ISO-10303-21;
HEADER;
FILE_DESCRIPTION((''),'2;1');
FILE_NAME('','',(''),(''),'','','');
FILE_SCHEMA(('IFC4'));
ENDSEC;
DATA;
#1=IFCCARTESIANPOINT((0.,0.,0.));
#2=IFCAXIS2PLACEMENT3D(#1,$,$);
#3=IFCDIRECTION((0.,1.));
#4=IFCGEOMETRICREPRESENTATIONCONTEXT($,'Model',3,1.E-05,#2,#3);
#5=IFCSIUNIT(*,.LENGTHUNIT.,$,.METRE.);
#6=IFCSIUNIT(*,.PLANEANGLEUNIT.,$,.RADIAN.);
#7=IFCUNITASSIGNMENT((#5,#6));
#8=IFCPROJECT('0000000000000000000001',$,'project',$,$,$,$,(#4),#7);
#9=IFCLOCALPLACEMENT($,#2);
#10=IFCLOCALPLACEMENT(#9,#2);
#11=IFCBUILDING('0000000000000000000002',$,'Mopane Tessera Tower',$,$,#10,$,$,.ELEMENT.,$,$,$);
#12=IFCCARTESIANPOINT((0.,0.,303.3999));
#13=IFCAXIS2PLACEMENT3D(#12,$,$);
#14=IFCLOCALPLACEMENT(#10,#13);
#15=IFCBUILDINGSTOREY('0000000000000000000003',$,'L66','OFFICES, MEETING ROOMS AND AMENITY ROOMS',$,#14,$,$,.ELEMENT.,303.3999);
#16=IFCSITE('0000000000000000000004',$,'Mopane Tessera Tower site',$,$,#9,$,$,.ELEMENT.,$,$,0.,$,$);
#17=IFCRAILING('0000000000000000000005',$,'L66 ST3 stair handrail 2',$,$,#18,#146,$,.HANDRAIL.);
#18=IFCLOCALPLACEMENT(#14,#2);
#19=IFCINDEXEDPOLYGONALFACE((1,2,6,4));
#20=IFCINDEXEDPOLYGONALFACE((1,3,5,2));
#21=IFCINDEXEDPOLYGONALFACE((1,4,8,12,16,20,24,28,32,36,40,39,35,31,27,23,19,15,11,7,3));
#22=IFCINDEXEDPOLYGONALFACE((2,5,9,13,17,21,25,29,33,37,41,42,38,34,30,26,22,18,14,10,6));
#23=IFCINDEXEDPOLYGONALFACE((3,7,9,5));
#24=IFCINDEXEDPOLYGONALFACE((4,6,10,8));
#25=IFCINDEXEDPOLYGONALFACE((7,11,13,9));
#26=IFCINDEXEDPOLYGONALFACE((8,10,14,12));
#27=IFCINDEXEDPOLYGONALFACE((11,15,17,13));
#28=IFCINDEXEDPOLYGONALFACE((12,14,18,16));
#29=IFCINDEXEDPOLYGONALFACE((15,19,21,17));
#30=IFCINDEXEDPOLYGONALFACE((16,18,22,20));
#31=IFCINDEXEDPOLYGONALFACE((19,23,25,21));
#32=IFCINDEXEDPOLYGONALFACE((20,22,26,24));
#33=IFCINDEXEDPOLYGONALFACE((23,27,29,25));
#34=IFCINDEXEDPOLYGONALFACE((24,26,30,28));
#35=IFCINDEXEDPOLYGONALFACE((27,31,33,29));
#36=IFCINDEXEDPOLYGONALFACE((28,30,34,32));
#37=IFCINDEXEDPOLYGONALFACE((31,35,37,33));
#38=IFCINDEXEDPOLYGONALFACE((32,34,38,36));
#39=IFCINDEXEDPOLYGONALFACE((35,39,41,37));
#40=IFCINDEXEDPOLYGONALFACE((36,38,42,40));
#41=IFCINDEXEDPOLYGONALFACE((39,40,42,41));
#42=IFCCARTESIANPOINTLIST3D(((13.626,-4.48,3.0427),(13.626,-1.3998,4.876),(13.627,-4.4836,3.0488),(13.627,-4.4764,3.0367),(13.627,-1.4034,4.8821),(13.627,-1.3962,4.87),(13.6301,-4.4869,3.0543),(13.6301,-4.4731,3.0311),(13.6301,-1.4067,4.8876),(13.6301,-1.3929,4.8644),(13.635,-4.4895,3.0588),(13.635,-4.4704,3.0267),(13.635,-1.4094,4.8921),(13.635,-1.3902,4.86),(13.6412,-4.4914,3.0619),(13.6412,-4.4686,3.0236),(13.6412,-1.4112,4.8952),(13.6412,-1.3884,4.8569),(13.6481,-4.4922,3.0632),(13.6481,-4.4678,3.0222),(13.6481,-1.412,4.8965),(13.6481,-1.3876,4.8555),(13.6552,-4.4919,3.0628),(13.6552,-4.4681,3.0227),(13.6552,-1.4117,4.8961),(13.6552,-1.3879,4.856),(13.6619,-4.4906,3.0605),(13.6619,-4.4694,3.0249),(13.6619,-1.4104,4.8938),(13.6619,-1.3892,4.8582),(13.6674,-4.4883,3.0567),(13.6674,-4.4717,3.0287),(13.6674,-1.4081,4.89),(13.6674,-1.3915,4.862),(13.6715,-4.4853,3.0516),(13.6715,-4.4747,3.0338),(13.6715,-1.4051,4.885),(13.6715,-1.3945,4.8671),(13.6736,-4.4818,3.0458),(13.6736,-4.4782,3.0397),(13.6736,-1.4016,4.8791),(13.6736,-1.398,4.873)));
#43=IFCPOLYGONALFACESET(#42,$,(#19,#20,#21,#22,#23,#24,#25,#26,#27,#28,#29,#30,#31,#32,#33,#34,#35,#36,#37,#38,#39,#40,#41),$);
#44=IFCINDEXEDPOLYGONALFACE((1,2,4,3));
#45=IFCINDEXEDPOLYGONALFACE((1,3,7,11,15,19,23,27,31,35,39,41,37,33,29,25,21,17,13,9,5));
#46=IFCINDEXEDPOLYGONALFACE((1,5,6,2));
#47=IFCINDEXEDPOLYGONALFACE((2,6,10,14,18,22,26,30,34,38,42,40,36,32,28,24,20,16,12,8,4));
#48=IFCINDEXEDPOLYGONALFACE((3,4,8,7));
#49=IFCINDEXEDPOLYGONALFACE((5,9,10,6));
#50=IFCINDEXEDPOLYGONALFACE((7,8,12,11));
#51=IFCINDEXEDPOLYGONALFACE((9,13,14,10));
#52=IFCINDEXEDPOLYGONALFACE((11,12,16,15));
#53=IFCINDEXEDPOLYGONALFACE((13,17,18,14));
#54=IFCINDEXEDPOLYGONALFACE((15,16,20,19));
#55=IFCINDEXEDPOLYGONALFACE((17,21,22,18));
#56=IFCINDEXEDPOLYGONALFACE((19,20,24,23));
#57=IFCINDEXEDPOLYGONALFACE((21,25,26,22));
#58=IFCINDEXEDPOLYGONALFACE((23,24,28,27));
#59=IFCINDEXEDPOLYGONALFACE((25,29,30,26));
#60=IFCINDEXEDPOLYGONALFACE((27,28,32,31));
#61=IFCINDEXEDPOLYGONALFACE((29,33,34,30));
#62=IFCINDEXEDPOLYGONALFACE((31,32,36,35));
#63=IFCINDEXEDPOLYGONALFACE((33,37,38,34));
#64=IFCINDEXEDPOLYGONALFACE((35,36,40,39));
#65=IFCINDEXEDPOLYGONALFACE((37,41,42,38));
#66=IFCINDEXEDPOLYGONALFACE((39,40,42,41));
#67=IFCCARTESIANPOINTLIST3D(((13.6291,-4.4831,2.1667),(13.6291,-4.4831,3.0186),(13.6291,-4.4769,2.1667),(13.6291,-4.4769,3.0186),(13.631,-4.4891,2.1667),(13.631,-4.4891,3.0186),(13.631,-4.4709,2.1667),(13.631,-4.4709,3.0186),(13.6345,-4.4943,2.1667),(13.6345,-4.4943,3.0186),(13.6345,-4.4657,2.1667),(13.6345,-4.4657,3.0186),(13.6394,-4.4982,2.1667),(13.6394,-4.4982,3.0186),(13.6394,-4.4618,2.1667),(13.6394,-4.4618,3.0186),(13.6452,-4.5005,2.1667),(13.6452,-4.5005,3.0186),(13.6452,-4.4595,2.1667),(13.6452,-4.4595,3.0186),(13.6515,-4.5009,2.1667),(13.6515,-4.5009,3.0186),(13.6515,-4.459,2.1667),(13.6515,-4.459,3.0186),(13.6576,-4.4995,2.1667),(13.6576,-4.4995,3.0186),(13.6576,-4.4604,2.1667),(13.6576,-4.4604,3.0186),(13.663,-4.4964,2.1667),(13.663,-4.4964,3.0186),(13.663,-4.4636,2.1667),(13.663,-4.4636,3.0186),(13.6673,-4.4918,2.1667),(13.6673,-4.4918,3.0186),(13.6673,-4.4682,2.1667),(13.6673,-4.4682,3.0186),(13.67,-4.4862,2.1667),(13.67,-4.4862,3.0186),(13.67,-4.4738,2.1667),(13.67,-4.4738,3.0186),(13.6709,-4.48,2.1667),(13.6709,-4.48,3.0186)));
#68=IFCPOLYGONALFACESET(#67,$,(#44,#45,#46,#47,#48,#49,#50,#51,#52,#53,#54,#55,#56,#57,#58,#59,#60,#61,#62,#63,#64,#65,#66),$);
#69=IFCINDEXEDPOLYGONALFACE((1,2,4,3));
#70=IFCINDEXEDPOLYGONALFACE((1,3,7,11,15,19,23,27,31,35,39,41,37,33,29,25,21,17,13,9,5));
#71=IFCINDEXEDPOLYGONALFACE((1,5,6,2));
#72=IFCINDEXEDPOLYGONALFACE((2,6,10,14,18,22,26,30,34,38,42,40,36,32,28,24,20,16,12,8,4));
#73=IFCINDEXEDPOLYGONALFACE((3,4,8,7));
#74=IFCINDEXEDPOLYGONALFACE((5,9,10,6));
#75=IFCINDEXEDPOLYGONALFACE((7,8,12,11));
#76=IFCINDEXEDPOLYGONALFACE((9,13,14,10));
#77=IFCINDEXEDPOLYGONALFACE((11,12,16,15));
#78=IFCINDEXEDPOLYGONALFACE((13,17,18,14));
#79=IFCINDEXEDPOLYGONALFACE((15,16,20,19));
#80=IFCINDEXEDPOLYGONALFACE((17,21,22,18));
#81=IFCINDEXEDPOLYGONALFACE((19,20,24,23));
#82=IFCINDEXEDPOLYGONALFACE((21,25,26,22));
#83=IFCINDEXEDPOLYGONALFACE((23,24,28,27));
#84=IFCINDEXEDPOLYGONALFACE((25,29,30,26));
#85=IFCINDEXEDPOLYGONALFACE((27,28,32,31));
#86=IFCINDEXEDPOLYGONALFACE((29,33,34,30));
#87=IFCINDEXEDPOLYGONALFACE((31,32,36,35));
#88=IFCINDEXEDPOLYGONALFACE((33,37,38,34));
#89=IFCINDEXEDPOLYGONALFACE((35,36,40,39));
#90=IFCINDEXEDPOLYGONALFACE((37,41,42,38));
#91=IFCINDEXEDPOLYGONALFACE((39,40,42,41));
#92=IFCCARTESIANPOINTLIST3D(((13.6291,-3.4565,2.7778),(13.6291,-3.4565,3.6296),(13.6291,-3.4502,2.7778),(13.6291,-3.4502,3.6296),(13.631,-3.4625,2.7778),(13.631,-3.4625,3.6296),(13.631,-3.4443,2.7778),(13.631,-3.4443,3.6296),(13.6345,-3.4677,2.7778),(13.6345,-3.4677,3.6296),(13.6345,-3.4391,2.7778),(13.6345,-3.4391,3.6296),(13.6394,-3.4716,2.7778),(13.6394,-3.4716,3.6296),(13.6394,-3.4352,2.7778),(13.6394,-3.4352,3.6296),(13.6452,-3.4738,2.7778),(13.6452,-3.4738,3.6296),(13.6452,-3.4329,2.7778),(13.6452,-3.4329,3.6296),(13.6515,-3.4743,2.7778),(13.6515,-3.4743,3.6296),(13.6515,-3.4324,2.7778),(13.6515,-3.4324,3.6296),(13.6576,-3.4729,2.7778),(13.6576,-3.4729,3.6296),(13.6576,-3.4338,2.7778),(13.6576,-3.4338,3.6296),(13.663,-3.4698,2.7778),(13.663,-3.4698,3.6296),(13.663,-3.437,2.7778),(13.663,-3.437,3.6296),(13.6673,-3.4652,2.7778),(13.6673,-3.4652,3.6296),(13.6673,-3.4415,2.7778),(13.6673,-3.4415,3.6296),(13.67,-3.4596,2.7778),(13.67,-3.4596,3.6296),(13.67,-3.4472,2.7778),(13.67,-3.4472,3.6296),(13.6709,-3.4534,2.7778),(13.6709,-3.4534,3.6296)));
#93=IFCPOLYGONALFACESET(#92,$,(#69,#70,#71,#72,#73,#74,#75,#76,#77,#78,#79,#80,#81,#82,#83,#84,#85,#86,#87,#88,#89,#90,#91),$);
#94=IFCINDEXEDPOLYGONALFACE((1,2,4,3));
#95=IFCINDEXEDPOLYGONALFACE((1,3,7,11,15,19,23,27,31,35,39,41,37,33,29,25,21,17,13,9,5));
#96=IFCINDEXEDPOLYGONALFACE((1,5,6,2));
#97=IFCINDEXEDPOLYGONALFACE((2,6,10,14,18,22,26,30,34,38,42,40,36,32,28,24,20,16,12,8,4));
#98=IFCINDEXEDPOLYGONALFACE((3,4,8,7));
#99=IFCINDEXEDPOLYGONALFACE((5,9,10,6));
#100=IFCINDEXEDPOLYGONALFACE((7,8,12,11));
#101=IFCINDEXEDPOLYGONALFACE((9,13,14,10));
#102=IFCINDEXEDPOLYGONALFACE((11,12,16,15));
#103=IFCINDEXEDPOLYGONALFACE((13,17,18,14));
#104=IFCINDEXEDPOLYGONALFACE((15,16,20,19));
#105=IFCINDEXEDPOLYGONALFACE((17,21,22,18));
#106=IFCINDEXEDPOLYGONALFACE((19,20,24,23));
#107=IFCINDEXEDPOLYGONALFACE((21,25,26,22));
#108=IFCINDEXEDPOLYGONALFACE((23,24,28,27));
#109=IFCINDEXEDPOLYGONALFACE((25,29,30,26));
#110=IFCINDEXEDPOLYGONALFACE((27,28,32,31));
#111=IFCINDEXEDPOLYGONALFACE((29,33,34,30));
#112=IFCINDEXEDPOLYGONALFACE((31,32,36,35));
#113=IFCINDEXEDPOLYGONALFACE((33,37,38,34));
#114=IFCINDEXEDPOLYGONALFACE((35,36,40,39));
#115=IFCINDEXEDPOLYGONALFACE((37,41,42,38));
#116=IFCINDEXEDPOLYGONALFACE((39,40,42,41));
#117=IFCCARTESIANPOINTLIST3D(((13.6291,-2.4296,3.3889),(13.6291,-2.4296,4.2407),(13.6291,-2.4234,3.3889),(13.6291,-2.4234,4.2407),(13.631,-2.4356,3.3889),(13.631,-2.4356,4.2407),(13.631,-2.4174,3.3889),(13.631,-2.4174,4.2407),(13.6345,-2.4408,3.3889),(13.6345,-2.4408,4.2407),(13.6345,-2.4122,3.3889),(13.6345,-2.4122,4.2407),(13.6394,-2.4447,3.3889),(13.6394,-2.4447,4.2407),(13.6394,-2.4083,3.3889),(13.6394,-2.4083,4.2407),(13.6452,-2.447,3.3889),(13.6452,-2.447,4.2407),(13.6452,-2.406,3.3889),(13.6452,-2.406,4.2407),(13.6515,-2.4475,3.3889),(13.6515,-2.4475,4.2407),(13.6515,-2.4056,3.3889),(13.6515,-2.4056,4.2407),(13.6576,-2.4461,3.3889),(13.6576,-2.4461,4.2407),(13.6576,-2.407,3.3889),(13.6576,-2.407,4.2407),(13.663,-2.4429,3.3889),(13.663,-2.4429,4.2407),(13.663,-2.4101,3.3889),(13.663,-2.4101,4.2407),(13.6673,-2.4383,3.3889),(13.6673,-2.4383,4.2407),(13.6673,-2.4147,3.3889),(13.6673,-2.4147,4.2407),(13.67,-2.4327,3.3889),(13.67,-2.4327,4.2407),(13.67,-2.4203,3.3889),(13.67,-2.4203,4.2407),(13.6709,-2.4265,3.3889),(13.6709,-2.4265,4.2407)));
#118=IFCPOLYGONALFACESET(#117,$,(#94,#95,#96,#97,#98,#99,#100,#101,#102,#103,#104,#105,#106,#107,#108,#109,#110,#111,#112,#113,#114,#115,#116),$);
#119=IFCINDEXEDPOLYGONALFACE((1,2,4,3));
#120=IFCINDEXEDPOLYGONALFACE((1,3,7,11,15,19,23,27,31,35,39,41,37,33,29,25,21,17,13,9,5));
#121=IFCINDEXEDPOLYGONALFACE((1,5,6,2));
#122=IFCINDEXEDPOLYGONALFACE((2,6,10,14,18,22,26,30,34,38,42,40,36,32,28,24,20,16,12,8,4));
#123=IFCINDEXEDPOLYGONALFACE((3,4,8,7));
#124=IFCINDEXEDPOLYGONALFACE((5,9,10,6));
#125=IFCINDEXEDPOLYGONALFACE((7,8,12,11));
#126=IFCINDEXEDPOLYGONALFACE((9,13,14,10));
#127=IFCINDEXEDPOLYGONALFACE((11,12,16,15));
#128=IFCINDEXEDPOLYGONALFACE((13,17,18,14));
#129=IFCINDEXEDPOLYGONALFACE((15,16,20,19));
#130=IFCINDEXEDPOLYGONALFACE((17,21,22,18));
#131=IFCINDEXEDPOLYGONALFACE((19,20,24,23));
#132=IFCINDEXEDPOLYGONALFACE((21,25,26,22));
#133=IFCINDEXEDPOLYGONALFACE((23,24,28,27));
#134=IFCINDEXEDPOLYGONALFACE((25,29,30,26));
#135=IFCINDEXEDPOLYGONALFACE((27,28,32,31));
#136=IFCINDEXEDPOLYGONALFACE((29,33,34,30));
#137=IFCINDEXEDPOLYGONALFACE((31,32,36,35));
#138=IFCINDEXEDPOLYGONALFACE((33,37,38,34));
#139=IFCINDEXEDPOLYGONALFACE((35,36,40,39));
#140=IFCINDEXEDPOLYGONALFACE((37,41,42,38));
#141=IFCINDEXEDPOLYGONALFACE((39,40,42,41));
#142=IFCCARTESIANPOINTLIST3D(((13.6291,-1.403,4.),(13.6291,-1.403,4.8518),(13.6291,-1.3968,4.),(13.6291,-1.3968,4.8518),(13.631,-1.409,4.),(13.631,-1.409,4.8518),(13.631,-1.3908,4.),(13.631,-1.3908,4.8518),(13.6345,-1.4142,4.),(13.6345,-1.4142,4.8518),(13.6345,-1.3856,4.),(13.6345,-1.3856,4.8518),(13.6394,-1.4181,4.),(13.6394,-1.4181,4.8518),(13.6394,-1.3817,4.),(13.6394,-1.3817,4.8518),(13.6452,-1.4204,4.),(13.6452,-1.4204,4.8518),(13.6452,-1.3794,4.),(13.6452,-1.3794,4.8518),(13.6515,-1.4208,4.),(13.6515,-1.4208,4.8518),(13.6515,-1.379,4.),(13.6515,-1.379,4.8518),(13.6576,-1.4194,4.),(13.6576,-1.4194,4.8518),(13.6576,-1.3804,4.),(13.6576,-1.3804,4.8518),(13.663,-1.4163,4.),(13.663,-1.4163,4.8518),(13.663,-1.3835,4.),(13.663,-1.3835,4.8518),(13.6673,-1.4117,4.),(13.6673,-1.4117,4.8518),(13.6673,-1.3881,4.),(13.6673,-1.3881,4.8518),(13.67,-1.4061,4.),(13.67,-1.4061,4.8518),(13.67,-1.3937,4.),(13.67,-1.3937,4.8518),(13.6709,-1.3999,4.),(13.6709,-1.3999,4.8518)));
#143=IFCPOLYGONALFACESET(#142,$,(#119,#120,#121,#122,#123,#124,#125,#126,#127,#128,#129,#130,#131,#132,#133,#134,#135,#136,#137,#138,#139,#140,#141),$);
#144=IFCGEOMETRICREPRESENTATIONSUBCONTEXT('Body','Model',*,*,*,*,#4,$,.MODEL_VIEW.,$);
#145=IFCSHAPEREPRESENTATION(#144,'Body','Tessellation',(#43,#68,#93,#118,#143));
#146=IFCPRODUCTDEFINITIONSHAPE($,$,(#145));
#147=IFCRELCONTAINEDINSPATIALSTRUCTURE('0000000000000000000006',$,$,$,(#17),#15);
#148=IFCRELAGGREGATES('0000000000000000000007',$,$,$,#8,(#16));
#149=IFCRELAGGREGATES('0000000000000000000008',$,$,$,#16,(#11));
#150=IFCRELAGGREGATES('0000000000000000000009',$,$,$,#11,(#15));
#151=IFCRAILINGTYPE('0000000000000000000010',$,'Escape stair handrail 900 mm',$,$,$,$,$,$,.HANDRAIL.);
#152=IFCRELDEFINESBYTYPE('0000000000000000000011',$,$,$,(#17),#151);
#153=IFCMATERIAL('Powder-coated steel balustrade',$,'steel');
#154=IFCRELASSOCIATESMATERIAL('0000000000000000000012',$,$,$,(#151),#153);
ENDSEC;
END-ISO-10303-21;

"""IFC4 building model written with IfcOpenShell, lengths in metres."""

from ifc_helpers import new_model, si_unit, direction, frame, origin, origin_2d, place, context, subcontext, project, spatial, circle, extrude, material, type_object, element, save


model = new_model("IFC4")

# Units and contexts
model_context = context("Model", 3, precision=1e-05, world=origin(), true_north=direction((0.0, 1.0)))
body_context = subcontext(model_context, "Body", "Model", "MODEL_VIEW")
ifc_project = project(units=[si_unit("LENGTHUNIT", "METRE"), si_unit("PLANEANGLEUNIT", "RADIAN")], contexts=[model_context])

# Site, building, storey
site_placement = place(None, origin())
site = spatial("IfcSite", under=ifc_project, at=site_placement, Name="Mopane Tessera Tower site", CompositionType="ELEMENT", RefElevation=0.0)
building_placement = place(site_placement, origin())
building = spatial("IfcBuilding", under=site, at=building_placement, Name="Mopane Tessera Tower", CompositionType="ELEMENT")
storey_placement = place(building_placement, frame((0.0, 0.0, 303.3999)))
storey = spatial("IfcBuildingStorey", under=building, at=storey_placement, Name="L66", Description="OFFICES, MEETING ROOMS AND AMENITY ROOMS", CompositionType="ELEMENT", Elevation=303.3999)

# Railing
ifc_material_1 = material(Name="Powder-coated steel balustrade", Category="steel")
railing_type_1 = type_object("IfcRailingType", Name="Escape stair handrail 900 mm", PredefinedType="HANDRAIL", material=ifc_material_1)
railing_1_placement = place(storey_placement, frame((13.6499, -4.48, 2.1667)))
element("IfcRailing", 1, at=railing_1_placement, inside=storey, type_object=railing_type_1, Name="L66 ST3 stair handrail 2", PredefinedType="HANDRAIL", context=body_context, shape_type="SweptSolid", body=[
    extrude(circle(Radius=0.0239, at=origin_2d()), frame((0.0, 0.0, 0.876), z_axis=(0.0, 0.859309, 0.511458), x_axis=(-1.0, 0.0, 0.0)), (0.0, 0.0, 1.0), 3.5845),
    extrude(circle(Radius=0.021, at=origin_2d()), origin(), (0.0, 0.0, 1.0), 0.8518),
    extrude(circle(Radius=0.021, at=origin_2d()), frame((0.0, 1.0266, 0.6111)), (0.0, 0.0, 1.0), 0.8518),
    extrude(circle(Radius=0.021, at=origin_2d()), frame((0.0, 2.0535, 1.2222)), (0.0, 0.0, 1.0), 0.8518),
    extrude(circle(Radius=0.021, at=origin_2d()), frame((0.0, 3.0801, 1.8333)), (0.0, 0.0, 1.0), 0.8518),
])

save(model, "model.ifc")
